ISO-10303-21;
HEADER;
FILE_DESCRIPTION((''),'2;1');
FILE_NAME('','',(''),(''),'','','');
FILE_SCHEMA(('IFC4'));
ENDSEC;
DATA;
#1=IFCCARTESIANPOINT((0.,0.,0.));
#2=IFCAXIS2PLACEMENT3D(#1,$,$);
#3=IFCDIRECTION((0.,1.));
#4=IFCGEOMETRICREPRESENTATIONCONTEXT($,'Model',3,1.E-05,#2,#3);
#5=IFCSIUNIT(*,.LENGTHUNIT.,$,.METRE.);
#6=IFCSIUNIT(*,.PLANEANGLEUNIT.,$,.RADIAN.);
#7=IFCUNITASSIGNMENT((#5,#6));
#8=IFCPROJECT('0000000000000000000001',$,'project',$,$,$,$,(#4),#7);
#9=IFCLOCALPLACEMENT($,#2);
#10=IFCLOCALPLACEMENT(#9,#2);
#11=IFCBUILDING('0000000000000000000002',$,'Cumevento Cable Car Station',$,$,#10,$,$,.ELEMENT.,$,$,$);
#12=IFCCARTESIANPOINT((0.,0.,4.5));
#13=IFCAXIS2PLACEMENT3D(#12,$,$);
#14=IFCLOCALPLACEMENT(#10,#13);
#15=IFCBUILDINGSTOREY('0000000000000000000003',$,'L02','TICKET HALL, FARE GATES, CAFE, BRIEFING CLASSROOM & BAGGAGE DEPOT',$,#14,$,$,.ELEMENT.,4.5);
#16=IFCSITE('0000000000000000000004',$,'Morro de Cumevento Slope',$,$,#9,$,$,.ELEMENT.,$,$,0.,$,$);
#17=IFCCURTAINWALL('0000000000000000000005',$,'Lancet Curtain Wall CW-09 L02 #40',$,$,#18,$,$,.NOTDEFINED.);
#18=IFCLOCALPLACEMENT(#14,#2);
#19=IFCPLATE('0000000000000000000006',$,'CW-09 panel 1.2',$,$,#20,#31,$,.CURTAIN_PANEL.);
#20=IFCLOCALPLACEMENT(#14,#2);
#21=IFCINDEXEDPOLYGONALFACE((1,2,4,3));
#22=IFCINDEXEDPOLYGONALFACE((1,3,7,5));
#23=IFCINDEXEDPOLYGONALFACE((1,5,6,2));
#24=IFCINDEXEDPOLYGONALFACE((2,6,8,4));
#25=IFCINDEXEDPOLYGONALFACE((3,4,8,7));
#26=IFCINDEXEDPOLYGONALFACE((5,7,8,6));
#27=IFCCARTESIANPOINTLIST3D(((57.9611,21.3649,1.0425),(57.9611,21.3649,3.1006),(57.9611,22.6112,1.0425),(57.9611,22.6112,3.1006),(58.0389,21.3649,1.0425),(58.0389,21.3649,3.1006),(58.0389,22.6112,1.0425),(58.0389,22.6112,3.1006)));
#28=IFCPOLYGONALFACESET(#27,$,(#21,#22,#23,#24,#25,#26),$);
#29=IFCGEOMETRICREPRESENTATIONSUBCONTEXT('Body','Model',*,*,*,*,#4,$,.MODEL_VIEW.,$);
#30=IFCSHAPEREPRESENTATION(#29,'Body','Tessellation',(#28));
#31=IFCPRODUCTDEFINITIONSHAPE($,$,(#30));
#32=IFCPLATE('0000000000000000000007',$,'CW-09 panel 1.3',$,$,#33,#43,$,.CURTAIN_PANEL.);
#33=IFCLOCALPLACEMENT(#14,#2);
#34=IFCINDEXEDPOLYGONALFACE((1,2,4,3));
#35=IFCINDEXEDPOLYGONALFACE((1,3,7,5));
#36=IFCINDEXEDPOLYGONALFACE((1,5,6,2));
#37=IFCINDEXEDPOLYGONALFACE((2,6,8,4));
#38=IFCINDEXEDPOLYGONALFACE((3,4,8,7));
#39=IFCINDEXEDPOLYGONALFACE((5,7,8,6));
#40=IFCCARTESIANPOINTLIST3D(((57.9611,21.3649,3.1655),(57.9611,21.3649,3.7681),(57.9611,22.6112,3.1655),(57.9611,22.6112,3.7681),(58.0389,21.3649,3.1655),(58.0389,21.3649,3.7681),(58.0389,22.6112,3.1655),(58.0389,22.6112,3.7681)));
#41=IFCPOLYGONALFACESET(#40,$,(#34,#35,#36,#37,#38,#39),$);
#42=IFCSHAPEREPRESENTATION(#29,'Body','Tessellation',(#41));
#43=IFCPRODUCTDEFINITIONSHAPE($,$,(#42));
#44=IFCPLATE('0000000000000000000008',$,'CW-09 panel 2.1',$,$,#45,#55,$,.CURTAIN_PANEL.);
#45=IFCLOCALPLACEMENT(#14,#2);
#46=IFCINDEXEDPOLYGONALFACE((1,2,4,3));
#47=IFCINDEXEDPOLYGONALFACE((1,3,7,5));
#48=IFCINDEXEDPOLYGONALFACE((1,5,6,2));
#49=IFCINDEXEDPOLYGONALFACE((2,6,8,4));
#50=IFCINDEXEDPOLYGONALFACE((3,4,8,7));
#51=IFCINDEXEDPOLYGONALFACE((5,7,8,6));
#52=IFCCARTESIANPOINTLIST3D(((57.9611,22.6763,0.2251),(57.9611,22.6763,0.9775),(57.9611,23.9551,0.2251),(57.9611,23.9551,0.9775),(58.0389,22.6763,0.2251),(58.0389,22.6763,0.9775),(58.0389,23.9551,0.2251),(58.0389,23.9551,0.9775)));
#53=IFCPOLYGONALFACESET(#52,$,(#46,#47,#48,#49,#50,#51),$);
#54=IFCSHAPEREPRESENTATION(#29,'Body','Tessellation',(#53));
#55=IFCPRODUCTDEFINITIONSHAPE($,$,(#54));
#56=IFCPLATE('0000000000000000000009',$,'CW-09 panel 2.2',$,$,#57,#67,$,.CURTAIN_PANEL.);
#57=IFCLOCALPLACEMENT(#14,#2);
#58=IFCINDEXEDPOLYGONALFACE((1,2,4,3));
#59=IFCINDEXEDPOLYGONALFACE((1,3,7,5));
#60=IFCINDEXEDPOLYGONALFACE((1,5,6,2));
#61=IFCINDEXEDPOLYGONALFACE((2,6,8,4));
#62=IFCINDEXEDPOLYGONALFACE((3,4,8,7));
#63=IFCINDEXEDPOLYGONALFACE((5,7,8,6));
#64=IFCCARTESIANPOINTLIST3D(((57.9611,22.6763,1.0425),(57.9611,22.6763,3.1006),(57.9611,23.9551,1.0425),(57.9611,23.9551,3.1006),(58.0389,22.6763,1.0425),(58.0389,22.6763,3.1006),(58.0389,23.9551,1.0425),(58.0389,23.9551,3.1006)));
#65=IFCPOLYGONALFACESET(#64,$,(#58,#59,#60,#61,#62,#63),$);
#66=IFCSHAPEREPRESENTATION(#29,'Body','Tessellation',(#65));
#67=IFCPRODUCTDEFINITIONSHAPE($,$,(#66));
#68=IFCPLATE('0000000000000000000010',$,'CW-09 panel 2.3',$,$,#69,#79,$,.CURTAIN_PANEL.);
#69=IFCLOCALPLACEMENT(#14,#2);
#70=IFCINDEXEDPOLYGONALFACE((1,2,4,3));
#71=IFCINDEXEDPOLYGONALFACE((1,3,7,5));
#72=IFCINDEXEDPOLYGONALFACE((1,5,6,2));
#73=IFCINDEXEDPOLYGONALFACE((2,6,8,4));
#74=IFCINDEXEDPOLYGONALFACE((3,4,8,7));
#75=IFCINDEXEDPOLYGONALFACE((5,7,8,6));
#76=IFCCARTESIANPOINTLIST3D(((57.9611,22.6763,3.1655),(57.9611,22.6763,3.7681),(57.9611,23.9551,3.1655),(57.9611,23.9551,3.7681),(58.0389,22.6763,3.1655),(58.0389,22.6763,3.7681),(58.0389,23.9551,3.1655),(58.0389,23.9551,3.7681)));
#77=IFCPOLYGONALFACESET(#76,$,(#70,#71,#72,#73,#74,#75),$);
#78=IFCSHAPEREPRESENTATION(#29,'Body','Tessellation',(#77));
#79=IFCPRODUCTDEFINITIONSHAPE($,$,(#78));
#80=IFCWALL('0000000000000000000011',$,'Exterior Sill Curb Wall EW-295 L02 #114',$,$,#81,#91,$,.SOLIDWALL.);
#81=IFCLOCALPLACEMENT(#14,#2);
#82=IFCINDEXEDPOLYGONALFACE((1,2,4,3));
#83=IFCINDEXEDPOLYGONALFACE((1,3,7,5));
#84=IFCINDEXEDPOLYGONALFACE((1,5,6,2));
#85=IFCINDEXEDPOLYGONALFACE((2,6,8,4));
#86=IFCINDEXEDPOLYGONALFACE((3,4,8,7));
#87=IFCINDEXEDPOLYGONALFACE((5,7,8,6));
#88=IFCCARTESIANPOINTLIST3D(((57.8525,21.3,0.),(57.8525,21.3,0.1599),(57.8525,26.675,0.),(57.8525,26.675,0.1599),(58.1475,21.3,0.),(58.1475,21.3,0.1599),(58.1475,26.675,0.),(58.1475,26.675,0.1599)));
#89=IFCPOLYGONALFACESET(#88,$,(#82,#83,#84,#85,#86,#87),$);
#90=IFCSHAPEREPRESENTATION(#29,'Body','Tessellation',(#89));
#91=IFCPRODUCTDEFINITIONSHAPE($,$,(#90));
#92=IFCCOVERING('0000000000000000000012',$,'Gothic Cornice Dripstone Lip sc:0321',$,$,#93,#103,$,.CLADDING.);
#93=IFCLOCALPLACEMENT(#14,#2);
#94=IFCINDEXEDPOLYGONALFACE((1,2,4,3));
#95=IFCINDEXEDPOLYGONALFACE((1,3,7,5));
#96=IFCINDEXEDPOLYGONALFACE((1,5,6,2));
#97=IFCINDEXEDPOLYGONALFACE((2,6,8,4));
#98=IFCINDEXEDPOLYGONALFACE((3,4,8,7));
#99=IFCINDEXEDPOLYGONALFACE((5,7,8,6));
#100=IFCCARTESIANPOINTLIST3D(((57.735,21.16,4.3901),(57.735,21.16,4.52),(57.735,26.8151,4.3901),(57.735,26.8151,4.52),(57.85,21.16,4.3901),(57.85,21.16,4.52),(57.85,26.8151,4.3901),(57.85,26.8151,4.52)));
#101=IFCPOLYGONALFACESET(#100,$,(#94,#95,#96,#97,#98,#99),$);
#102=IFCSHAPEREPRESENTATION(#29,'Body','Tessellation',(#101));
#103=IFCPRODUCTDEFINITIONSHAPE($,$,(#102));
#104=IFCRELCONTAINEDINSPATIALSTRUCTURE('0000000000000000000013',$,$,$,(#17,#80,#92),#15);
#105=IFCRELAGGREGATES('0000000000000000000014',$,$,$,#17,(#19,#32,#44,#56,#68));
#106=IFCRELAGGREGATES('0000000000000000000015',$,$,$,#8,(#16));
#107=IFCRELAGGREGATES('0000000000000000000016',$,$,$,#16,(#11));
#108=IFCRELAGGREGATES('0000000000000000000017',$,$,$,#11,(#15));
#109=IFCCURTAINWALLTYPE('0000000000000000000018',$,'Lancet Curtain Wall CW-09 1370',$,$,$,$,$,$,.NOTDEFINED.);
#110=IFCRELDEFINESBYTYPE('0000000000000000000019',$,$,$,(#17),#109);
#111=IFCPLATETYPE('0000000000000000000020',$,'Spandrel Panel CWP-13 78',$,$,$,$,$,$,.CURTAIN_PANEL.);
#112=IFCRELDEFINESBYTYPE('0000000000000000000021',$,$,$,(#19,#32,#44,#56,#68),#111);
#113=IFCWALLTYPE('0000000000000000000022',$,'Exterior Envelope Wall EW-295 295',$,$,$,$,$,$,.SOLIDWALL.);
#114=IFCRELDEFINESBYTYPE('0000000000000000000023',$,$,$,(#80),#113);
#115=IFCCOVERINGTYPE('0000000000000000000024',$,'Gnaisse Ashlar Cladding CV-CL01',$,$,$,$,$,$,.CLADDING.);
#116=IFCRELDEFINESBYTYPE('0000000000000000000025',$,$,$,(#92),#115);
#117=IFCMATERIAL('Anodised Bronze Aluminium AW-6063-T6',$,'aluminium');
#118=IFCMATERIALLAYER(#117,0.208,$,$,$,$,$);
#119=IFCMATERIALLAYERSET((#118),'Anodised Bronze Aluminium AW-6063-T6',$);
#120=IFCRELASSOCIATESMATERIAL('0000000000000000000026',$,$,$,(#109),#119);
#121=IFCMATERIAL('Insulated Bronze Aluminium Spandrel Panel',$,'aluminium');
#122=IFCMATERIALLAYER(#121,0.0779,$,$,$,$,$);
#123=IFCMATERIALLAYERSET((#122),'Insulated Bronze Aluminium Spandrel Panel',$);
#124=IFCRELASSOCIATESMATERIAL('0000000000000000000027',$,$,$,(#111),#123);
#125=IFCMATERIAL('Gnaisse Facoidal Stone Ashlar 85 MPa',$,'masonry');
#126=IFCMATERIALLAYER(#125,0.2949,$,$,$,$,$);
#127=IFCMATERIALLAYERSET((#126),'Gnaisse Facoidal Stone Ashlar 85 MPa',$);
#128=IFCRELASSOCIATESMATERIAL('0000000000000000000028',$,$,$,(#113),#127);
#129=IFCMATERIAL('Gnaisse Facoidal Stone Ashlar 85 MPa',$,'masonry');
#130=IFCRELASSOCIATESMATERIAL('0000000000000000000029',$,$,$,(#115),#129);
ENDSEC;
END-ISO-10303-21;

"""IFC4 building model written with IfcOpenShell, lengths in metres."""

from ifc_helpers import new_model, si_unit, direction, frame, frame_2d, origin, origin_2d, place, context, subcontext, project, spatial, rectangle, extrude, material, layer, layer_set, type_object, element, aggregate, save


model = new_model("IFC4")

# Units and contexts
model_context = context("Model", 3, precision=1e-05, world=origin(), true_north=direction((0.0, 1.0)))
body_context = subcontext(model_context, "Body", "Model", "MODEL_VIEW")
ifc_project = project(units=[si_unit("LENGTHUNIT", "METRE"), si_unit("PLANEANGLEUNIT", "RADIAN")], contexts=[model_context])

# Site, building, storey
site_placement = place(None, origin())
site = spatial("IfcSite", under=ifc_project, at=site_placement, Name="Morro de Cumevento Slope", CompositionType="ELEMENT", RefElevation=0.0)
building_placement = place(site_placement, origin())
building = spatial("IfcBuilding", under=site, at=building_placement, Name="Cumevento Cable Car Station", CompositionType="ELEMENT")
storey_placement = place(building_placement, frame((0.0, 0.0, 4.5)))
storey = spatial("IfcBuildingStorey", under=building, at=storey_placement, Name="L02", Description="TICKET HALL, FARE GATES, CAFE, BRIEFING CLASSROOM & BAGGAGE DEPOT", CompositionType="ELEMENT", Elevation=4.5)

# Curtain wall
ifc_material_1 = material(Name="Anodised Bronze Aluminium AW-6063-T6", Category="aluminium")
ifc_layer_1 = layer(ifc_material_1, 0.208)
ifc_layer_set_1 = layer_set([ifc_layer_1], Name="Anodised Bronze Aluminium AW-6063-T6")
curtain_wall_type_1 = type_object("IfcCurtainWallType", Name="Lancet Curtain Wall CW-09 1370", PredefinedType="NOTDEFINED", material=ifc_layer_set_1)
curtain_wall_1_placement = place(storey_placement, origin())
curtain_wall_1 = element("IfcCurtainWall", 1, at=curtain_wall_1_placement, inside=storey, type_object=curtain_wall_type_1, Name="Lancet Curtain Wall CW-09 L02 #40", PredefinedType="NOTDEFINED")

# Plates
ifc_material_2 = material(Name="Insulated Bronze Aluminium Spandrel Panel", Category="aluminium")
ifc_layer_2 = layer(ifc_material_2, 0.0779)
ifc_layer_set_2 = layer_set([ifc_layer_2], Name="Insulated Bronze Aluminium Spandrel Panel")
plate_type_1 = type_object("IfcPlateType", Name="Spandrel Panel CWP-13 78", PredefinedType="CURTAIN_PANEL", material=ifc_layer_set_2)
plate_1_placement = place(storey_placement, frame((58.0, 21.988, 1.0425), z_axis=(0.0, 0.0, 1.0), x_axis=(0.0, 1.0, 0.0)))
plate_1 = element("IfcPlate", 2, at=plate_1_placement, type_object=plate_type_1, Name="CW-09 panel 1.2", PredefinedType="CURTAIN_PANEL", context=body_context, shape_type="SweptSolid", body=[
    extrude(rectangle(XDim=1.2463, YDim=0.0779, at=origin_2d()), origin(), (0.0, 0.0, 1.0), 2.0581),
])
plate_2_placement = place(storey_placement, frame((58.0, 21.988, 3.1655), z_axis=(0.0, 0.0, 1.0), x_axis=(0.0, 1.0, 0.0)))
plate_2 = element("IfcPlate", 3, at=plate_2_placement, type_object=plate_type_1, Name="CW-09 panel 1.3", PredefinedType="CURTAIN_PANEL", context=body_context, shape_type="SweptSolid", body=[
    extrude(rectangle(XDim=1.2463, YDim=0.0779, at=origin_2d()), origin(), (0.0, 0.0, 1.0), 0.6025),
])
plate_3_placement = place(storey_placement, frame((58.0, 23.3157, 0.2251), z_axis=(0.0, 0.0, 1.0), x_axis=(0.0, 1.0, 0.0)))
plate_3 = element("IfcPlate", 4, at=plate_3_placement, type_object=plate_type_1, Name="CW-09 panel 2.1", PredefinedType="CURTAIN_PANEL", context=body_context, shape_type="SweptSolid", body=[
    extrude(rectangle(XDim=1.2788, YDim=0.0779, at=origin_2d()), origin(), (0.0, 0.0, 1.0), 0.7524),
])
plate_4_placement = place(storey_placement, frame((58.0, 23.3157, 1.0425), z_axis=(0.0, 0.0, 1.0), x_axis=(0.0, 1.0, 0.0)))
plate_4 = element("IfcPlate", 5, at=plate_4_placement, type_object=plate_type_1, Name="CW-09 panel 2.2", PredefinedType="CURTAIN_PANEL", context=body_context, shape_type="SweptSolid", body=[
    extrude(rectangle(XDim=1.2788, YDim=0.0779, at=origin_2d()), origin(), (0.0, 0.0, 1.0), 2.0581),
])
plate_5_placement = place(storey_placement, frame((58.0, 23.3157, 3.1655), z_axis=(0.0, 0.0, 1.0), x_axis=(0.0, 1.0, 0.0)))
plate_5 = element("IfcPlate", 6, at=plate_5_placement, type_object=plate_type_1, Name="CW-09 panel 2.3", PredefinedType="CURTAIN_PANEL", context=body_context, shape_type="SweptSolid", body=[
    extrude(rectangle(XDim=1.2788, YDim=0.0779, at=origin_2d()), origin(), (0.0, 0.0, 1.0), 0.6025),
])
aggregate(curtain_wall_1, [plate_1, plate_2, plate_3, plate_4, plate_5])

# Wall
ifc_material_3 = material(Name="Gnaisse Facoidal Stone Ashlar 85 MPa", Category="masonry")
ifc_layer_3 = layer(ifc_material_3, 0.2949)
ifc_layer_set_3 = layer_set([ifc_layer_3], Name="Gnaisse Facoidal Stone Ashlar 85 MPa")
wall_type = type_object("IfcWallType", Name="Exterior Envelope Wall EW-295 295", PredefinedType="SOLIDWALL", material=ifc_layer_set_3)
wall_placement = place(storey_placement, frame((58.0, 21.3, 0.0), z_axis=(0.0, 0.0, 1.0), x_axis=(0.0, 1.0, 0.0)))
element("IfcWall", 7, at=wall_placement, inside=storey, type_object=wall_type, Name="Exterior Sill Curb Wall EW-295 L02 #114", PredefinedType="SOLIDWALL", context=body_context, shape_type="SweptSolid", body=[
    extrude(rectangle(XDim=5.375, YDim=0.2949, at=frame_2d((2.6875, 0.0))), origin(), (0.0, 0.0, 1.0), 0.1599),
])

# Covering
ifc_material_4 = material(Name="Gnaisse Facoidal Stone Ashlar 85 MPa", Category="masonry")
covering_type = type_object("IfcCoveringType", Name="Gnaisse Ashlar Cladding CV-CL01", PredefinedType="CLADDING", material=ifc_material_4)
covering_1_placement = place(storey_placement, frame((57.7925, 23.9875, 4.3901), z_axis=(0.0, 0.0, 1.0), x_axis=(0.0, 1.0, 0.0)))
element("IfcCovering", 8, at=covering_1_placement, inside=storey, type_object=covering_type, Name="Gothic Cornice Dripstone Lip sc:0321", PredefinedType="CLADDING", context=body_context, shape_type="SweptSolid", body=[
    extrude(rectangle(XDim=5.655, YDim=0.115, at=origin_2d()), origin(), (0.0, 0.0, 1.0), 0.1299),
])

save(model, "model.ifc")
